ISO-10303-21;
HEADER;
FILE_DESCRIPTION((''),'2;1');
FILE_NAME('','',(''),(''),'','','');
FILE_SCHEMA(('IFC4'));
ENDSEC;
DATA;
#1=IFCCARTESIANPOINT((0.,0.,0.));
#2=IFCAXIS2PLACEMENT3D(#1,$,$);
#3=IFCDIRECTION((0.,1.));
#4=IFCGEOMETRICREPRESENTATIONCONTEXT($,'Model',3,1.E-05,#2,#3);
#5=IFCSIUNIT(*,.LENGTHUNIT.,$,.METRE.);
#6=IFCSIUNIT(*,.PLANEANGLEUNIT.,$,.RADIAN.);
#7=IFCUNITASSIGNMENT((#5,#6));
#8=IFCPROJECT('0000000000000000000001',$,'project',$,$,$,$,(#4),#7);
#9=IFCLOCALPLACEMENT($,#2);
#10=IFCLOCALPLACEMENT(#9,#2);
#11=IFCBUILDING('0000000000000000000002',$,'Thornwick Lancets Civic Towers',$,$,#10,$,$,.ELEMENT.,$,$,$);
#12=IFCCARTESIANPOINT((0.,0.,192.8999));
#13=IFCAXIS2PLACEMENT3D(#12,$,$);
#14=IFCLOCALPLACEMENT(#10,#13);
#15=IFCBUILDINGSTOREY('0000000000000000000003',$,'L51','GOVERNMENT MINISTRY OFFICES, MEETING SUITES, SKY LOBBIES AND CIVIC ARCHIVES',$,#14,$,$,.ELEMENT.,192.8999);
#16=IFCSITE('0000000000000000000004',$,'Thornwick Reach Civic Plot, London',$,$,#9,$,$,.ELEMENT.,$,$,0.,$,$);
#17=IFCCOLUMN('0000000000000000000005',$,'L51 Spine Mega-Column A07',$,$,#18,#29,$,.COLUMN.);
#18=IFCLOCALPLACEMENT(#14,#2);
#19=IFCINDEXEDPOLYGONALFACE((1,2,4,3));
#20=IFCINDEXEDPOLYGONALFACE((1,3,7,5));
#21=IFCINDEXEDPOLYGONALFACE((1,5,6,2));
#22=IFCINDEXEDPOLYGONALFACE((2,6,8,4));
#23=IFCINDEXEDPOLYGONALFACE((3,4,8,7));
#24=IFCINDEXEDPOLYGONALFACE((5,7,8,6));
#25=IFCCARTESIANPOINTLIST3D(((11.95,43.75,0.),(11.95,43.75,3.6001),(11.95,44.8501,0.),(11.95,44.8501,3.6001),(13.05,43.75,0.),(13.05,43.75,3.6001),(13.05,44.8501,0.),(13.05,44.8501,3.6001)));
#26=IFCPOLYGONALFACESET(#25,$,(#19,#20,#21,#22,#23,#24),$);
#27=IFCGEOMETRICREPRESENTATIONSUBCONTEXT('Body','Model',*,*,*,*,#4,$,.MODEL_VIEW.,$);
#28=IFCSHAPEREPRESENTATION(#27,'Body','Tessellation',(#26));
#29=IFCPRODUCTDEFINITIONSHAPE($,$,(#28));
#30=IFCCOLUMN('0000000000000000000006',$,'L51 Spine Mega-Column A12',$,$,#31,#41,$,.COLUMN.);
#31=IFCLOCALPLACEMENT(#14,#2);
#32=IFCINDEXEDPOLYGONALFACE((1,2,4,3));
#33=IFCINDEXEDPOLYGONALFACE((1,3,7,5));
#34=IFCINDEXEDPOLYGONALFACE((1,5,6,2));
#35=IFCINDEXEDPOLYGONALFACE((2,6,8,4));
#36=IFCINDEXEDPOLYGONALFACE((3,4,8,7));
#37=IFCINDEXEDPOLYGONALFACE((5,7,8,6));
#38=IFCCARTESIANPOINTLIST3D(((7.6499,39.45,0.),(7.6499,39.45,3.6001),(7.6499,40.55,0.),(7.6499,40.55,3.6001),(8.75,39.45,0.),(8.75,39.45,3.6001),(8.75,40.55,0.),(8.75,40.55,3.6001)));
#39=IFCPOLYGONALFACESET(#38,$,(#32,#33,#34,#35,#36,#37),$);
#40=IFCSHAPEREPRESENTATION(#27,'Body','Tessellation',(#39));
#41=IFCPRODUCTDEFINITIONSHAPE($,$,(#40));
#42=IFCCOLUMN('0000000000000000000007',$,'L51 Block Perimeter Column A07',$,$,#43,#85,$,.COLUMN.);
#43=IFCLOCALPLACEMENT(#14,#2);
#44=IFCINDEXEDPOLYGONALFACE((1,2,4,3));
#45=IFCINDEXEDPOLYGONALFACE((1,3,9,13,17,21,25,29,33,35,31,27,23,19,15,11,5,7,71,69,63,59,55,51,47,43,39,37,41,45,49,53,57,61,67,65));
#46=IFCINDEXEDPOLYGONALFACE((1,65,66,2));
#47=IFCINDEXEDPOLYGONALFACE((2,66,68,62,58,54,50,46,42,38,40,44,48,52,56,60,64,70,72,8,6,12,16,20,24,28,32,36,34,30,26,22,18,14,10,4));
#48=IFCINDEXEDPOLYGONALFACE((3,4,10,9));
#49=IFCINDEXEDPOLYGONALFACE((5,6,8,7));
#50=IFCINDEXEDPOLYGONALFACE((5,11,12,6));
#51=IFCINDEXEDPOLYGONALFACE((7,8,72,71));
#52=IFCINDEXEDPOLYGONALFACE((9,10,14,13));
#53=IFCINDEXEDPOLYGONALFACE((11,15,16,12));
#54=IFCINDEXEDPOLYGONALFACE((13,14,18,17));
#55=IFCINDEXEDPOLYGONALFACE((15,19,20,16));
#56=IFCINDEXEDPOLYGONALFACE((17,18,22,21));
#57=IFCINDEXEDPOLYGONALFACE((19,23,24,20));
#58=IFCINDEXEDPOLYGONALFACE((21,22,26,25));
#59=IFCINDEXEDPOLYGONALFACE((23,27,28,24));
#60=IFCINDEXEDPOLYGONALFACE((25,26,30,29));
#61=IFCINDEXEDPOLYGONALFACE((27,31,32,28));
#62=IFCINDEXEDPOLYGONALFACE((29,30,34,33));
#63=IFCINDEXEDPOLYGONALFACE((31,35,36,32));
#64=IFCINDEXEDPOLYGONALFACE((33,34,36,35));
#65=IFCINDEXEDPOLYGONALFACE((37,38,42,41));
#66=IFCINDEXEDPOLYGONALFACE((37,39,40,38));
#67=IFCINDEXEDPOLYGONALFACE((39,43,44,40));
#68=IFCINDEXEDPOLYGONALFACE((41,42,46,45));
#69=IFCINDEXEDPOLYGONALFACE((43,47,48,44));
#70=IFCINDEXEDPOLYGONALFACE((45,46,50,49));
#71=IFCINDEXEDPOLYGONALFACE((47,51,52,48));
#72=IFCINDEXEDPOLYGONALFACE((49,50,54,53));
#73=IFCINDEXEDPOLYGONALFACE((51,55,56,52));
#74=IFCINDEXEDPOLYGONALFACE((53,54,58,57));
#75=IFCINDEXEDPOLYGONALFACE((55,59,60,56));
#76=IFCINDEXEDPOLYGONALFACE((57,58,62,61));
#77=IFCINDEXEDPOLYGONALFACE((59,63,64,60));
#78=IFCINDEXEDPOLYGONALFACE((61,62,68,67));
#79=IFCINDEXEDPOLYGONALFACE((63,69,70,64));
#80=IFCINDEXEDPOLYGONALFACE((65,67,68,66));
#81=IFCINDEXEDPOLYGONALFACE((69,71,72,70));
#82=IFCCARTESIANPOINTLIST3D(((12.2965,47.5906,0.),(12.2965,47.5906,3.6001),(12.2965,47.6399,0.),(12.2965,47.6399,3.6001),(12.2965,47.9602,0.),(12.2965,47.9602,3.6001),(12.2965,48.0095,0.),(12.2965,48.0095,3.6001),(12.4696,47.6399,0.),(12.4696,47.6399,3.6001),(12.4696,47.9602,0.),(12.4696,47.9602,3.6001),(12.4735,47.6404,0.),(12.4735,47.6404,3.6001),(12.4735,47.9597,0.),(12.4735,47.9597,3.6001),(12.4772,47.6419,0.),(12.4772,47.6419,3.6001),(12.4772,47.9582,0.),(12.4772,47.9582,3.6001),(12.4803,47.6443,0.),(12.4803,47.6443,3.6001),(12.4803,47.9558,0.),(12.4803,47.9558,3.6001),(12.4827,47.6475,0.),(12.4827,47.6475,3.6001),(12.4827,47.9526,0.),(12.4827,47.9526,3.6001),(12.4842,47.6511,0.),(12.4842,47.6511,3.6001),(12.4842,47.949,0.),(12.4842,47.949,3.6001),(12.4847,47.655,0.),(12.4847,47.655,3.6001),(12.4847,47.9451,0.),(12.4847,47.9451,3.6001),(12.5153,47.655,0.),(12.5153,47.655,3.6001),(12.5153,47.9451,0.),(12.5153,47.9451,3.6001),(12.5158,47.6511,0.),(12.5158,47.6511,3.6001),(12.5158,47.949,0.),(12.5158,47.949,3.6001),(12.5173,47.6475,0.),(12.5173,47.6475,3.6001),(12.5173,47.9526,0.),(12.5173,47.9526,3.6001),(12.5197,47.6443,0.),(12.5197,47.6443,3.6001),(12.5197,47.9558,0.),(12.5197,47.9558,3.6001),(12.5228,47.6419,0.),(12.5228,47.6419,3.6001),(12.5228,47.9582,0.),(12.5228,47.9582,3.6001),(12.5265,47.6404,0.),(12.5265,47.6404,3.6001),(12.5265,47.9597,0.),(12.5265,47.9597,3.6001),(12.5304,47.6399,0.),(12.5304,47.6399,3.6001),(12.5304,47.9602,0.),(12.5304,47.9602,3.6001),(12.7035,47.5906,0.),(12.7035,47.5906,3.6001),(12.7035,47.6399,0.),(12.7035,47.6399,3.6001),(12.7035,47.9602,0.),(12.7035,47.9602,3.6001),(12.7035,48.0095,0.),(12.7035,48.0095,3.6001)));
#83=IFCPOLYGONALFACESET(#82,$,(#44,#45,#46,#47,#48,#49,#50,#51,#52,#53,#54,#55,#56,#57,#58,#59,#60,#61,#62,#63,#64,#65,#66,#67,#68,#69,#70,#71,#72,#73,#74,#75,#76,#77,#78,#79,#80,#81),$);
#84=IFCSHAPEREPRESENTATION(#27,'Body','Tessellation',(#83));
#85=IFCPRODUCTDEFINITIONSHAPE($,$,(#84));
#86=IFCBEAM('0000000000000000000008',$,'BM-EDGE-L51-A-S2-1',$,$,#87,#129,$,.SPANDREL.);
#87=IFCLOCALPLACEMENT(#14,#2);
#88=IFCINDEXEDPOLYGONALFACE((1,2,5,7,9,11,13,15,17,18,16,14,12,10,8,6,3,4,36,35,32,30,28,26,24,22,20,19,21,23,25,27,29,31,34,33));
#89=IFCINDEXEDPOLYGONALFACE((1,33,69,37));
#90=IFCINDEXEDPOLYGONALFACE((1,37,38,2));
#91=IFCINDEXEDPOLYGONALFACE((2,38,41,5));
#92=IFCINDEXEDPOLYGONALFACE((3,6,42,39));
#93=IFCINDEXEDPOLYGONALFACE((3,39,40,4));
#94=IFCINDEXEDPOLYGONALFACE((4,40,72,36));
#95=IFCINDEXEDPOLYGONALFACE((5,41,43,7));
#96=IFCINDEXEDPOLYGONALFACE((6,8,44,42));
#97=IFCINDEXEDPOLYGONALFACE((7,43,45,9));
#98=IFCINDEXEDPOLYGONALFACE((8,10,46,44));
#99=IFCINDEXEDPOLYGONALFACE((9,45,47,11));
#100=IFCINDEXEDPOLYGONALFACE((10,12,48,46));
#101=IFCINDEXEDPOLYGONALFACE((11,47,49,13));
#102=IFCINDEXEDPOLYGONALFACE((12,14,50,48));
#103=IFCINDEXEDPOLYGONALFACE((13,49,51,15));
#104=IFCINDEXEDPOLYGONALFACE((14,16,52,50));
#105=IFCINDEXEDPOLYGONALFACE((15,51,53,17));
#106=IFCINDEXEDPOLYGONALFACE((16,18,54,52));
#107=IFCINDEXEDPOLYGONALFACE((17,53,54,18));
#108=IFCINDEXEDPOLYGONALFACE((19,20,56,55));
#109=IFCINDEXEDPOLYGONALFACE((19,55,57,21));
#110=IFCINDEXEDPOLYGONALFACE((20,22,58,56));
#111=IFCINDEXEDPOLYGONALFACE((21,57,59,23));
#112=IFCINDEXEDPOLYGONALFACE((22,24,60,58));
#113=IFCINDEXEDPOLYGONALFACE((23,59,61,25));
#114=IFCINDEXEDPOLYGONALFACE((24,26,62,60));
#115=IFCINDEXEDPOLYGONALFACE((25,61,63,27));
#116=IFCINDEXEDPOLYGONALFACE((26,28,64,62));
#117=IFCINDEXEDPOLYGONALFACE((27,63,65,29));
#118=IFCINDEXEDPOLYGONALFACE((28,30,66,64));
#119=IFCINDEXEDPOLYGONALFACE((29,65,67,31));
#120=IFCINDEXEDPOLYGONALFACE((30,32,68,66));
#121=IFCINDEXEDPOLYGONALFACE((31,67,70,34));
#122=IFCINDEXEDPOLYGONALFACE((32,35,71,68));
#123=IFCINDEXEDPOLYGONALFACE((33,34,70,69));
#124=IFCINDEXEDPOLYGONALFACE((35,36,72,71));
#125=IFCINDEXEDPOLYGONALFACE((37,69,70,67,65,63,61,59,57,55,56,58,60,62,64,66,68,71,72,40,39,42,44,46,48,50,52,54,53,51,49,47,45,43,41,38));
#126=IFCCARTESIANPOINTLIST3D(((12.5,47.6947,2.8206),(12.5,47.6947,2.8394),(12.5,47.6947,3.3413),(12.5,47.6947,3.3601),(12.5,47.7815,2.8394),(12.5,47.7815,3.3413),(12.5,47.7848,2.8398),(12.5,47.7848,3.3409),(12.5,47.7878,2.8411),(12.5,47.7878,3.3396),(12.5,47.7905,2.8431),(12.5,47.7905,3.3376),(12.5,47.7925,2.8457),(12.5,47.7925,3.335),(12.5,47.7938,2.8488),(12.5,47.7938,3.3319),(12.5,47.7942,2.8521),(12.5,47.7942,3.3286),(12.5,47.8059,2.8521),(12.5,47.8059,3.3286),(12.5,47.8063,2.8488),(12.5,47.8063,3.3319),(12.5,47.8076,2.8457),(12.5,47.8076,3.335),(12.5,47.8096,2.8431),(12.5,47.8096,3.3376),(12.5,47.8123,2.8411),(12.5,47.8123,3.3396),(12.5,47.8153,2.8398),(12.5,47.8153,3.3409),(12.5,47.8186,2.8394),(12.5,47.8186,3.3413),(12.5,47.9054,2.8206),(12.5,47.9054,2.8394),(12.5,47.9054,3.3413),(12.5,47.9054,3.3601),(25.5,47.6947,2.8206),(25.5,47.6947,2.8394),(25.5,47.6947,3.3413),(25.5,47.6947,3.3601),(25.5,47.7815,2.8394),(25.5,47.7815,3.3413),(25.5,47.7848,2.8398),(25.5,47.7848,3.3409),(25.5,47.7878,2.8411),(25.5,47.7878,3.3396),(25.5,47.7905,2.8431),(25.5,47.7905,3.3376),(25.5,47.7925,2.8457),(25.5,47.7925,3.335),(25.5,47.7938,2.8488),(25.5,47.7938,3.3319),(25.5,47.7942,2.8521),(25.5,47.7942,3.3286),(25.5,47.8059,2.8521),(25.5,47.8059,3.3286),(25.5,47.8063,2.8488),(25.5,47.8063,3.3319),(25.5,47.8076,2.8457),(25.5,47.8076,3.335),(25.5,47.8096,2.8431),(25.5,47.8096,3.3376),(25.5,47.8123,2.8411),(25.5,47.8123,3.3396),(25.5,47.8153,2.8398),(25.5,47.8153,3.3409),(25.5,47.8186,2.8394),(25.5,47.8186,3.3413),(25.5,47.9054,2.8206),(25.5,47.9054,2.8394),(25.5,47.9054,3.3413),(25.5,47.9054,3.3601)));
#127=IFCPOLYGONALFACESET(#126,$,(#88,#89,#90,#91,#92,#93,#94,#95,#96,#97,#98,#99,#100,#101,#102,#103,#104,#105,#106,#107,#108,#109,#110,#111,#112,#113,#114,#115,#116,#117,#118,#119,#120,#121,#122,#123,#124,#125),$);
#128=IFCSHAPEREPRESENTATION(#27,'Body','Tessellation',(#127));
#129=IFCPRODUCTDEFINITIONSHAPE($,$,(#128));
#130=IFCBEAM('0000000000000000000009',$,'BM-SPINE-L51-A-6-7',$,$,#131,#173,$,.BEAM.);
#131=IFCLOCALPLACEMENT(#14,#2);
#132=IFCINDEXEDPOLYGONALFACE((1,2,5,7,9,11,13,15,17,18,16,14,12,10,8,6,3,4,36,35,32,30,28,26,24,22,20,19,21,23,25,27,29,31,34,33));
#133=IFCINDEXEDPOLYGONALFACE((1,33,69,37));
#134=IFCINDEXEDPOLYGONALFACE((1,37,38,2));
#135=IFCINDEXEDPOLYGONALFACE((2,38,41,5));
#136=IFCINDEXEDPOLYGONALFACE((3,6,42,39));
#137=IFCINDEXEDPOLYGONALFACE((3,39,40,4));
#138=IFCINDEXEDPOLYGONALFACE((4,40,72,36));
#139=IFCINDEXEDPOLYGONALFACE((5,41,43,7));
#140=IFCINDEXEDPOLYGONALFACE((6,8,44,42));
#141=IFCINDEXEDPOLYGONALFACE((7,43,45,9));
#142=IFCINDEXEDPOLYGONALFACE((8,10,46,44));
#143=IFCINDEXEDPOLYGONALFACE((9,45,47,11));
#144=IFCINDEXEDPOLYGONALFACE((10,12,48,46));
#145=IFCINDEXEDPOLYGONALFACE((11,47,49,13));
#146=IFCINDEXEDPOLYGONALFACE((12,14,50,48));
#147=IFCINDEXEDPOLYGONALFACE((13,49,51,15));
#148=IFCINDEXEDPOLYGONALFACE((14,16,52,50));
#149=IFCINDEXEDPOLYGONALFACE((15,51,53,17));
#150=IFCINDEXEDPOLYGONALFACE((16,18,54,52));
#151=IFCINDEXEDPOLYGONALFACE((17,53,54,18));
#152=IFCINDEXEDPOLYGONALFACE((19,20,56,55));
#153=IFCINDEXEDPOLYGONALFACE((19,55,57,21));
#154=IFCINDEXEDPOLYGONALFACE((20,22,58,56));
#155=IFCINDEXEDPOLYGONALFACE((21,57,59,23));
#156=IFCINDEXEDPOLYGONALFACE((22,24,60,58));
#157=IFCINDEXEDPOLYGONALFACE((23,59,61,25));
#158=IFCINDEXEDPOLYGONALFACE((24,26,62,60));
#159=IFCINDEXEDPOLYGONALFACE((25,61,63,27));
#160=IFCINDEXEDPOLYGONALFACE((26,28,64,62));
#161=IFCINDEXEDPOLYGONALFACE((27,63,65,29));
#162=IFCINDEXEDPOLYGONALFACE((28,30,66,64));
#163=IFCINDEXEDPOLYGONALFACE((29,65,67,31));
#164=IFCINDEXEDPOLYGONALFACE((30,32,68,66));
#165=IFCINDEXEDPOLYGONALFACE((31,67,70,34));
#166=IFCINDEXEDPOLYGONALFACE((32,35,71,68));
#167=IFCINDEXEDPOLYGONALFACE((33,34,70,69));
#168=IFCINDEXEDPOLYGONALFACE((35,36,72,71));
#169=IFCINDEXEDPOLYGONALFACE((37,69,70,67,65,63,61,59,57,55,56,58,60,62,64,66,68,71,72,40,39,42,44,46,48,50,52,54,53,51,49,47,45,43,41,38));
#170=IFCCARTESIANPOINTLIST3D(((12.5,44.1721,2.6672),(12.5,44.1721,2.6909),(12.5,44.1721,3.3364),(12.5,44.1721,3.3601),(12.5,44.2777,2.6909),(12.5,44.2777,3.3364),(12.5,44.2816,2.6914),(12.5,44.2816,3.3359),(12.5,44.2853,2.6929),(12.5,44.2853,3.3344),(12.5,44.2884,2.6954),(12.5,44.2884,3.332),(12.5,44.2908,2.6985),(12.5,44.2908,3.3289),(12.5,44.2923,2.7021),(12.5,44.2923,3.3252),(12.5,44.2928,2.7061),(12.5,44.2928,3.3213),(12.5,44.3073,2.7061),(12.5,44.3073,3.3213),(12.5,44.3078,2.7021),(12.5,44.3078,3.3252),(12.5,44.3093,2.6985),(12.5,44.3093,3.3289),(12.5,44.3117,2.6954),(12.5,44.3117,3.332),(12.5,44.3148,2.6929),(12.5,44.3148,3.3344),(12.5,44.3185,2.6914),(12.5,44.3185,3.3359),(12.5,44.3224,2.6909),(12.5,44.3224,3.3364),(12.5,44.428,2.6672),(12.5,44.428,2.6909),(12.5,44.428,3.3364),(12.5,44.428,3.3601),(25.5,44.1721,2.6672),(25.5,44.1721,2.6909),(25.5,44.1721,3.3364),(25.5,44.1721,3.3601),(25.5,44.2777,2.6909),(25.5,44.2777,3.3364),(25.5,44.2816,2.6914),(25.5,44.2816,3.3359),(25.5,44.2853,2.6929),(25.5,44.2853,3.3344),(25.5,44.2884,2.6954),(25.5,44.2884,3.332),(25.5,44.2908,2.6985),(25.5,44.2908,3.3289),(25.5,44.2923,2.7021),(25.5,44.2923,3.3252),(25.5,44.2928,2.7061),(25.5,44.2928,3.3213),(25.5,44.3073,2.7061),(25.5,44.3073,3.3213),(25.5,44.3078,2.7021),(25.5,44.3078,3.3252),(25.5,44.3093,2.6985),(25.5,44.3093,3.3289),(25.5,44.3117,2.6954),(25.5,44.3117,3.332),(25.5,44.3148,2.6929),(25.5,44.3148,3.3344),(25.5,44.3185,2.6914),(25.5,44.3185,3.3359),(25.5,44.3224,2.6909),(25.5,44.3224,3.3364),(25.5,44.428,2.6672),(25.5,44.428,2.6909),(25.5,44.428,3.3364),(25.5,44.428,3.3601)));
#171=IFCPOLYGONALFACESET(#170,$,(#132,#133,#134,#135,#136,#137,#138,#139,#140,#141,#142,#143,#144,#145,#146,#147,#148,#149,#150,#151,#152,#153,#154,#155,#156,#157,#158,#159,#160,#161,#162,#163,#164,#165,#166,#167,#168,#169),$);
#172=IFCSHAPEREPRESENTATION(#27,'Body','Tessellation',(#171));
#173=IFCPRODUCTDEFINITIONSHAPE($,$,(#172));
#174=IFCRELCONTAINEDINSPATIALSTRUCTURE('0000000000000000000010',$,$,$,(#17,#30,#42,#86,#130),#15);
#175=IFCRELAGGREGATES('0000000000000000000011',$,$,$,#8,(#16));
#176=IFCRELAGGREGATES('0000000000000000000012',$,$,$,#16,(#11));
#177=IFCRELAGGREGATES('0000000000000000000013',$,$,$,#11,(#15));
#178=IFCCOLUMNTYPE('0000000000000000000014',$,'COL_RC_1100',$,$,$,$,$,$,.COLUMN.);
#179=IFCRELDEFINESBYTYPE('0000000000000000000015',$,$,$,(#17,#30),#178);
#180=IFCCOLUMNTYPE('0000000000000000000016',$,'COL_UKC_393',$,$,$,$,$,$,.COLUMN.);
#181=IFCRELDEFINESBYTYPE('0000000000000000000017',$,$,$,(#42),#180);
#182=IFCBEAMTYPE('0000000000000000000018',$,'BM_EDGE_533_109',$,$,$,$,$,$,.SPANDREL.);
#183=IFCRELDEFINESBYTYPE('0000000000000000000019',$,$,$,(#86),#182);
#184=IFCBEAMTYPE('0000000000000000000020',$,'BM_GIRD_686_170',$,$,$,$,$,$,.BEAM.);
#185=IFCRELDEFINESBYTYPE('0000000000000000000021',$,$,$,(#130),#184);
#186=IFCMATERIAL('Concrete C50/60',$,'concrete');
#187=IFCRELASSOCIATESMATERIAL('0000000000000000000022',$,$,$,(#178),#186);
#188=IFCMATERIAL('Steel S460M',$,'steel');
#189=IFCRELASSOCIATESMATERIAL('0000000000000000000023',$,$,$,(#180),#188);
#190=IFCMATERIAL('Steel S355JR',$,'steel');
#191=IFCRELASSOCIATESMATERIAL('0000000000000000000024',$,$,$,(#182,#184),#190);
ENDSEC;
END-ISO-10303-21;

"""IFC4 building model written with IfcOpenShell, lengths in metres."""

from ifc_helpers import new_model, si_unit, direction, frame, origin, origin_2d, place, context, subcontext, project, spatial, rectangle, i_section, extrude, material, material_profile, profile_set, type_object, element, save


model = new_model("IFC4")

# Units and contexts
model_context = context("Model", 3, precision=1e-05, world=origin(), true_north=direction((0.0, 1.0)))
body_context = subcontext(model_context, "Body", "Model", "MODEL_VIEW")
ifc_project = project(units=[si_unit("LENGTHUNIT", "METRE"), si_unit("PLANEANGLEUNIT", "RADIAN")], contexts=[model_context])

# Site, building, storey
site_placement = place(None, origin())
site = spatial("IfcSite", under=ifc_project, at=site_placement, Name="Thornwick Reach Civic Plot, London", CompositionType="ELEMENT", RefElevation=0.0)
building_placement = place(site_placement, origin())
building = spatial("IfcBuilding", under=site, at=building_placement, Name="Thornwick Lancets Civic Towers", CompositionType="ELEMENT")
storey_placement = place(building_placement, frame((0.0, 0.0, 192.8999)))
storey = spatial("IfcBuildingStorey", under=building, at=storey_placement, Name="L51", Description="GOVERNMENT MINISTRY OFFICES, MEETING SUITES, SKY LOBBIES AND CIVIC ARCHIVES", CompositionType="ELEMENT", Elevation=192.8999)

# Columns
ifc_material_1 = material(Name="Concrete C50/60", Category="concrete")
ifc_material_profile_1 = material_profile(ifc_material_1, rectangle(XDim=1.1001, YDim=1.1001, at=origin_2d()), Name="RC 1100x1100")
ifc_profile_set_1 = profile_set([ifc_material_profile_1], Name="Concrete C50/60")
column_type_1 = type_object("IfcColumnType", Name="COL_RC_1100", PredefinedType="COLUMN", material=ifc_profile_set_1)
for number, where, z_axis, x_axis, name in (
    (1, (12.5, 44.3, 0.0), (0.0, 0.0, 1.0), (1.0, 0.0, 0.0), "L51 Spine Mega-Column A07"),
    (2, (8.2, 40.0, 0.0), (0.0, 0.0, 1.0), (1.0, 0.0, 0.0), "L51 Spine Mega-Column A12"),
):
    element("IfcColumn", number, at=place(storey_placement, frame(where, z_axis=z_axis, x_axis=x_axis)), inside=storey, type_object=column_type_1, Name=name, PredefinedType="COLUMN", context=body_context, shape_type="SweptSolid", body=[
        extrude(rectangle(XDim=1.1001, YDim=1.1001, at=origin_2d()), origin(), (0.0, 0.0, 1.0), 3.6001),
    ])
ifc_material_2 = material(Name="Steel S460M", Category="steel")
ifc_material_profile_2 = material_profile(ifc_material_2, i_section(OverallWidth=0.407, OverallDepth=0.4189, WebThickness=0.0305, FlangeThickness=0.0493, FilletRadius=0.0151, at=origin_2d()), Name="UKC 356x406x393")
ifc_profile_set_2 = profile_set([ifc_material_profile_2], Name="Steel S460M")
column_type_2 = type_object("IfcColumnType", Name="COL_UKC_393", PredefinedType="COLUMN", material=ifc_profile_set_2)
column_placement = place(storey_placement, frame((12.5, 47.8, 0.0), z_axis=(0.0, 0.0, 1.0), x_axis=(1.0, 0.0, 0.0)))
element("IfcColumn", 3, at=column_placement, inside=storey, type_object=column_type_2, Name="L51 Block Perimeter Column A07", PredefinedType="COLUMN", context=body_context, shape_type="SweptSolid", body=[
    extrude(i_section(OverallWidth=0.407, OverallDepth=0.4189, WebThickness=0.0305, FlangeThickness=0.0493, FilletRadius=0.0151, at=origin_2d()), origin(), (0.0, 0.0, 1.0), 3.6001),
])

# Beams
ifc_material_3 = material(Name="Steel S355JR", Category="steel")
ifc_material_profile_3 = material_profile(ifc_material_3, i_section(OverallWidth=0.2107, OverallDepth=0.5396, WebThickness=0.0117, FlangeThickness=0.0188, FilletRadius=0.0127, at=origin_2d()), Name="UKB 533x210x109")
ifc_profile_set_3 = profile_set([ifc_material_profile_3], Name="Steel S355JR")
beam_type_1 = type_object("IfcBeamType", Name="BM_EDGE_533_109", PredefinedType="SPANDREL", material=ifc_profile_set_3)
beam_1_placement = place(storey_placement, frame((12.5, 47.8, 3.0903), z_axis=(1.0, 0.0, 0.0), x_axis=(0.0, 1.0, 0.0)))
element("IfcBeam", 4, at=beam_1_placement, inside=storey, type_object=beam_type_1, Name="BM-EDGE-L51-A-S2-1", PredefinedType="SPANDREL", context=body_context, shape_type="SweptSolid", body=[
    extrude(i_section(OverallWidth=0.2107, OverallDepth=0.5396, WebThickness=0.0117, FlangeThickness=0.0188, FilletRadius=0.0127, at=origin_2d()), origin(), (0.0, 0.0, 1.0), 13.0),
])
ifc_material_profile_4 = material_profile(ifc_material_3, i_section(OverallWidth=0.2559, OverallDepth=0.6929, WebThickness=0.0144, FlangeThickness=0.0237, FilletRadius=0.0151, at=origin_2d()), Name="UKB 686x254x170")
ifc_profile_set_4 = profile_set([ifc_material_profile_4], Name="Steel S355JR")
beam_type_2 = type_object("IfcBeamType", Name="BM_GIRD_686_170", PredefinedType="BEAM", material=ifc_profile_set_4)
beam_2_placement = place(storey_placement, frame((12.5, 44.3, 3.0137), z_axis=(1.0, 0.0, 0.0), x_axis=(0.0, 1.0, 0.0)))
element("IfcBeam", 5, at=beam_2_placement, inside=storey, type_object=beam_type_2, Name="BM-SPINE-L51-A-6-7", PredefinedType="BEAM", context=body_context, shape_type="SweptSolid", body=[
    extrude(i_section(OverallWidth=0.2559, OverallDepth=0.6929, WebThickness=0.0144, FlangeThickness=0.0237, FilletRadius=0.0151, at=origin_2d()), origin(), (0.0, 0.0, 1.0), 13.0),
])

save(model, "model.ifc")
